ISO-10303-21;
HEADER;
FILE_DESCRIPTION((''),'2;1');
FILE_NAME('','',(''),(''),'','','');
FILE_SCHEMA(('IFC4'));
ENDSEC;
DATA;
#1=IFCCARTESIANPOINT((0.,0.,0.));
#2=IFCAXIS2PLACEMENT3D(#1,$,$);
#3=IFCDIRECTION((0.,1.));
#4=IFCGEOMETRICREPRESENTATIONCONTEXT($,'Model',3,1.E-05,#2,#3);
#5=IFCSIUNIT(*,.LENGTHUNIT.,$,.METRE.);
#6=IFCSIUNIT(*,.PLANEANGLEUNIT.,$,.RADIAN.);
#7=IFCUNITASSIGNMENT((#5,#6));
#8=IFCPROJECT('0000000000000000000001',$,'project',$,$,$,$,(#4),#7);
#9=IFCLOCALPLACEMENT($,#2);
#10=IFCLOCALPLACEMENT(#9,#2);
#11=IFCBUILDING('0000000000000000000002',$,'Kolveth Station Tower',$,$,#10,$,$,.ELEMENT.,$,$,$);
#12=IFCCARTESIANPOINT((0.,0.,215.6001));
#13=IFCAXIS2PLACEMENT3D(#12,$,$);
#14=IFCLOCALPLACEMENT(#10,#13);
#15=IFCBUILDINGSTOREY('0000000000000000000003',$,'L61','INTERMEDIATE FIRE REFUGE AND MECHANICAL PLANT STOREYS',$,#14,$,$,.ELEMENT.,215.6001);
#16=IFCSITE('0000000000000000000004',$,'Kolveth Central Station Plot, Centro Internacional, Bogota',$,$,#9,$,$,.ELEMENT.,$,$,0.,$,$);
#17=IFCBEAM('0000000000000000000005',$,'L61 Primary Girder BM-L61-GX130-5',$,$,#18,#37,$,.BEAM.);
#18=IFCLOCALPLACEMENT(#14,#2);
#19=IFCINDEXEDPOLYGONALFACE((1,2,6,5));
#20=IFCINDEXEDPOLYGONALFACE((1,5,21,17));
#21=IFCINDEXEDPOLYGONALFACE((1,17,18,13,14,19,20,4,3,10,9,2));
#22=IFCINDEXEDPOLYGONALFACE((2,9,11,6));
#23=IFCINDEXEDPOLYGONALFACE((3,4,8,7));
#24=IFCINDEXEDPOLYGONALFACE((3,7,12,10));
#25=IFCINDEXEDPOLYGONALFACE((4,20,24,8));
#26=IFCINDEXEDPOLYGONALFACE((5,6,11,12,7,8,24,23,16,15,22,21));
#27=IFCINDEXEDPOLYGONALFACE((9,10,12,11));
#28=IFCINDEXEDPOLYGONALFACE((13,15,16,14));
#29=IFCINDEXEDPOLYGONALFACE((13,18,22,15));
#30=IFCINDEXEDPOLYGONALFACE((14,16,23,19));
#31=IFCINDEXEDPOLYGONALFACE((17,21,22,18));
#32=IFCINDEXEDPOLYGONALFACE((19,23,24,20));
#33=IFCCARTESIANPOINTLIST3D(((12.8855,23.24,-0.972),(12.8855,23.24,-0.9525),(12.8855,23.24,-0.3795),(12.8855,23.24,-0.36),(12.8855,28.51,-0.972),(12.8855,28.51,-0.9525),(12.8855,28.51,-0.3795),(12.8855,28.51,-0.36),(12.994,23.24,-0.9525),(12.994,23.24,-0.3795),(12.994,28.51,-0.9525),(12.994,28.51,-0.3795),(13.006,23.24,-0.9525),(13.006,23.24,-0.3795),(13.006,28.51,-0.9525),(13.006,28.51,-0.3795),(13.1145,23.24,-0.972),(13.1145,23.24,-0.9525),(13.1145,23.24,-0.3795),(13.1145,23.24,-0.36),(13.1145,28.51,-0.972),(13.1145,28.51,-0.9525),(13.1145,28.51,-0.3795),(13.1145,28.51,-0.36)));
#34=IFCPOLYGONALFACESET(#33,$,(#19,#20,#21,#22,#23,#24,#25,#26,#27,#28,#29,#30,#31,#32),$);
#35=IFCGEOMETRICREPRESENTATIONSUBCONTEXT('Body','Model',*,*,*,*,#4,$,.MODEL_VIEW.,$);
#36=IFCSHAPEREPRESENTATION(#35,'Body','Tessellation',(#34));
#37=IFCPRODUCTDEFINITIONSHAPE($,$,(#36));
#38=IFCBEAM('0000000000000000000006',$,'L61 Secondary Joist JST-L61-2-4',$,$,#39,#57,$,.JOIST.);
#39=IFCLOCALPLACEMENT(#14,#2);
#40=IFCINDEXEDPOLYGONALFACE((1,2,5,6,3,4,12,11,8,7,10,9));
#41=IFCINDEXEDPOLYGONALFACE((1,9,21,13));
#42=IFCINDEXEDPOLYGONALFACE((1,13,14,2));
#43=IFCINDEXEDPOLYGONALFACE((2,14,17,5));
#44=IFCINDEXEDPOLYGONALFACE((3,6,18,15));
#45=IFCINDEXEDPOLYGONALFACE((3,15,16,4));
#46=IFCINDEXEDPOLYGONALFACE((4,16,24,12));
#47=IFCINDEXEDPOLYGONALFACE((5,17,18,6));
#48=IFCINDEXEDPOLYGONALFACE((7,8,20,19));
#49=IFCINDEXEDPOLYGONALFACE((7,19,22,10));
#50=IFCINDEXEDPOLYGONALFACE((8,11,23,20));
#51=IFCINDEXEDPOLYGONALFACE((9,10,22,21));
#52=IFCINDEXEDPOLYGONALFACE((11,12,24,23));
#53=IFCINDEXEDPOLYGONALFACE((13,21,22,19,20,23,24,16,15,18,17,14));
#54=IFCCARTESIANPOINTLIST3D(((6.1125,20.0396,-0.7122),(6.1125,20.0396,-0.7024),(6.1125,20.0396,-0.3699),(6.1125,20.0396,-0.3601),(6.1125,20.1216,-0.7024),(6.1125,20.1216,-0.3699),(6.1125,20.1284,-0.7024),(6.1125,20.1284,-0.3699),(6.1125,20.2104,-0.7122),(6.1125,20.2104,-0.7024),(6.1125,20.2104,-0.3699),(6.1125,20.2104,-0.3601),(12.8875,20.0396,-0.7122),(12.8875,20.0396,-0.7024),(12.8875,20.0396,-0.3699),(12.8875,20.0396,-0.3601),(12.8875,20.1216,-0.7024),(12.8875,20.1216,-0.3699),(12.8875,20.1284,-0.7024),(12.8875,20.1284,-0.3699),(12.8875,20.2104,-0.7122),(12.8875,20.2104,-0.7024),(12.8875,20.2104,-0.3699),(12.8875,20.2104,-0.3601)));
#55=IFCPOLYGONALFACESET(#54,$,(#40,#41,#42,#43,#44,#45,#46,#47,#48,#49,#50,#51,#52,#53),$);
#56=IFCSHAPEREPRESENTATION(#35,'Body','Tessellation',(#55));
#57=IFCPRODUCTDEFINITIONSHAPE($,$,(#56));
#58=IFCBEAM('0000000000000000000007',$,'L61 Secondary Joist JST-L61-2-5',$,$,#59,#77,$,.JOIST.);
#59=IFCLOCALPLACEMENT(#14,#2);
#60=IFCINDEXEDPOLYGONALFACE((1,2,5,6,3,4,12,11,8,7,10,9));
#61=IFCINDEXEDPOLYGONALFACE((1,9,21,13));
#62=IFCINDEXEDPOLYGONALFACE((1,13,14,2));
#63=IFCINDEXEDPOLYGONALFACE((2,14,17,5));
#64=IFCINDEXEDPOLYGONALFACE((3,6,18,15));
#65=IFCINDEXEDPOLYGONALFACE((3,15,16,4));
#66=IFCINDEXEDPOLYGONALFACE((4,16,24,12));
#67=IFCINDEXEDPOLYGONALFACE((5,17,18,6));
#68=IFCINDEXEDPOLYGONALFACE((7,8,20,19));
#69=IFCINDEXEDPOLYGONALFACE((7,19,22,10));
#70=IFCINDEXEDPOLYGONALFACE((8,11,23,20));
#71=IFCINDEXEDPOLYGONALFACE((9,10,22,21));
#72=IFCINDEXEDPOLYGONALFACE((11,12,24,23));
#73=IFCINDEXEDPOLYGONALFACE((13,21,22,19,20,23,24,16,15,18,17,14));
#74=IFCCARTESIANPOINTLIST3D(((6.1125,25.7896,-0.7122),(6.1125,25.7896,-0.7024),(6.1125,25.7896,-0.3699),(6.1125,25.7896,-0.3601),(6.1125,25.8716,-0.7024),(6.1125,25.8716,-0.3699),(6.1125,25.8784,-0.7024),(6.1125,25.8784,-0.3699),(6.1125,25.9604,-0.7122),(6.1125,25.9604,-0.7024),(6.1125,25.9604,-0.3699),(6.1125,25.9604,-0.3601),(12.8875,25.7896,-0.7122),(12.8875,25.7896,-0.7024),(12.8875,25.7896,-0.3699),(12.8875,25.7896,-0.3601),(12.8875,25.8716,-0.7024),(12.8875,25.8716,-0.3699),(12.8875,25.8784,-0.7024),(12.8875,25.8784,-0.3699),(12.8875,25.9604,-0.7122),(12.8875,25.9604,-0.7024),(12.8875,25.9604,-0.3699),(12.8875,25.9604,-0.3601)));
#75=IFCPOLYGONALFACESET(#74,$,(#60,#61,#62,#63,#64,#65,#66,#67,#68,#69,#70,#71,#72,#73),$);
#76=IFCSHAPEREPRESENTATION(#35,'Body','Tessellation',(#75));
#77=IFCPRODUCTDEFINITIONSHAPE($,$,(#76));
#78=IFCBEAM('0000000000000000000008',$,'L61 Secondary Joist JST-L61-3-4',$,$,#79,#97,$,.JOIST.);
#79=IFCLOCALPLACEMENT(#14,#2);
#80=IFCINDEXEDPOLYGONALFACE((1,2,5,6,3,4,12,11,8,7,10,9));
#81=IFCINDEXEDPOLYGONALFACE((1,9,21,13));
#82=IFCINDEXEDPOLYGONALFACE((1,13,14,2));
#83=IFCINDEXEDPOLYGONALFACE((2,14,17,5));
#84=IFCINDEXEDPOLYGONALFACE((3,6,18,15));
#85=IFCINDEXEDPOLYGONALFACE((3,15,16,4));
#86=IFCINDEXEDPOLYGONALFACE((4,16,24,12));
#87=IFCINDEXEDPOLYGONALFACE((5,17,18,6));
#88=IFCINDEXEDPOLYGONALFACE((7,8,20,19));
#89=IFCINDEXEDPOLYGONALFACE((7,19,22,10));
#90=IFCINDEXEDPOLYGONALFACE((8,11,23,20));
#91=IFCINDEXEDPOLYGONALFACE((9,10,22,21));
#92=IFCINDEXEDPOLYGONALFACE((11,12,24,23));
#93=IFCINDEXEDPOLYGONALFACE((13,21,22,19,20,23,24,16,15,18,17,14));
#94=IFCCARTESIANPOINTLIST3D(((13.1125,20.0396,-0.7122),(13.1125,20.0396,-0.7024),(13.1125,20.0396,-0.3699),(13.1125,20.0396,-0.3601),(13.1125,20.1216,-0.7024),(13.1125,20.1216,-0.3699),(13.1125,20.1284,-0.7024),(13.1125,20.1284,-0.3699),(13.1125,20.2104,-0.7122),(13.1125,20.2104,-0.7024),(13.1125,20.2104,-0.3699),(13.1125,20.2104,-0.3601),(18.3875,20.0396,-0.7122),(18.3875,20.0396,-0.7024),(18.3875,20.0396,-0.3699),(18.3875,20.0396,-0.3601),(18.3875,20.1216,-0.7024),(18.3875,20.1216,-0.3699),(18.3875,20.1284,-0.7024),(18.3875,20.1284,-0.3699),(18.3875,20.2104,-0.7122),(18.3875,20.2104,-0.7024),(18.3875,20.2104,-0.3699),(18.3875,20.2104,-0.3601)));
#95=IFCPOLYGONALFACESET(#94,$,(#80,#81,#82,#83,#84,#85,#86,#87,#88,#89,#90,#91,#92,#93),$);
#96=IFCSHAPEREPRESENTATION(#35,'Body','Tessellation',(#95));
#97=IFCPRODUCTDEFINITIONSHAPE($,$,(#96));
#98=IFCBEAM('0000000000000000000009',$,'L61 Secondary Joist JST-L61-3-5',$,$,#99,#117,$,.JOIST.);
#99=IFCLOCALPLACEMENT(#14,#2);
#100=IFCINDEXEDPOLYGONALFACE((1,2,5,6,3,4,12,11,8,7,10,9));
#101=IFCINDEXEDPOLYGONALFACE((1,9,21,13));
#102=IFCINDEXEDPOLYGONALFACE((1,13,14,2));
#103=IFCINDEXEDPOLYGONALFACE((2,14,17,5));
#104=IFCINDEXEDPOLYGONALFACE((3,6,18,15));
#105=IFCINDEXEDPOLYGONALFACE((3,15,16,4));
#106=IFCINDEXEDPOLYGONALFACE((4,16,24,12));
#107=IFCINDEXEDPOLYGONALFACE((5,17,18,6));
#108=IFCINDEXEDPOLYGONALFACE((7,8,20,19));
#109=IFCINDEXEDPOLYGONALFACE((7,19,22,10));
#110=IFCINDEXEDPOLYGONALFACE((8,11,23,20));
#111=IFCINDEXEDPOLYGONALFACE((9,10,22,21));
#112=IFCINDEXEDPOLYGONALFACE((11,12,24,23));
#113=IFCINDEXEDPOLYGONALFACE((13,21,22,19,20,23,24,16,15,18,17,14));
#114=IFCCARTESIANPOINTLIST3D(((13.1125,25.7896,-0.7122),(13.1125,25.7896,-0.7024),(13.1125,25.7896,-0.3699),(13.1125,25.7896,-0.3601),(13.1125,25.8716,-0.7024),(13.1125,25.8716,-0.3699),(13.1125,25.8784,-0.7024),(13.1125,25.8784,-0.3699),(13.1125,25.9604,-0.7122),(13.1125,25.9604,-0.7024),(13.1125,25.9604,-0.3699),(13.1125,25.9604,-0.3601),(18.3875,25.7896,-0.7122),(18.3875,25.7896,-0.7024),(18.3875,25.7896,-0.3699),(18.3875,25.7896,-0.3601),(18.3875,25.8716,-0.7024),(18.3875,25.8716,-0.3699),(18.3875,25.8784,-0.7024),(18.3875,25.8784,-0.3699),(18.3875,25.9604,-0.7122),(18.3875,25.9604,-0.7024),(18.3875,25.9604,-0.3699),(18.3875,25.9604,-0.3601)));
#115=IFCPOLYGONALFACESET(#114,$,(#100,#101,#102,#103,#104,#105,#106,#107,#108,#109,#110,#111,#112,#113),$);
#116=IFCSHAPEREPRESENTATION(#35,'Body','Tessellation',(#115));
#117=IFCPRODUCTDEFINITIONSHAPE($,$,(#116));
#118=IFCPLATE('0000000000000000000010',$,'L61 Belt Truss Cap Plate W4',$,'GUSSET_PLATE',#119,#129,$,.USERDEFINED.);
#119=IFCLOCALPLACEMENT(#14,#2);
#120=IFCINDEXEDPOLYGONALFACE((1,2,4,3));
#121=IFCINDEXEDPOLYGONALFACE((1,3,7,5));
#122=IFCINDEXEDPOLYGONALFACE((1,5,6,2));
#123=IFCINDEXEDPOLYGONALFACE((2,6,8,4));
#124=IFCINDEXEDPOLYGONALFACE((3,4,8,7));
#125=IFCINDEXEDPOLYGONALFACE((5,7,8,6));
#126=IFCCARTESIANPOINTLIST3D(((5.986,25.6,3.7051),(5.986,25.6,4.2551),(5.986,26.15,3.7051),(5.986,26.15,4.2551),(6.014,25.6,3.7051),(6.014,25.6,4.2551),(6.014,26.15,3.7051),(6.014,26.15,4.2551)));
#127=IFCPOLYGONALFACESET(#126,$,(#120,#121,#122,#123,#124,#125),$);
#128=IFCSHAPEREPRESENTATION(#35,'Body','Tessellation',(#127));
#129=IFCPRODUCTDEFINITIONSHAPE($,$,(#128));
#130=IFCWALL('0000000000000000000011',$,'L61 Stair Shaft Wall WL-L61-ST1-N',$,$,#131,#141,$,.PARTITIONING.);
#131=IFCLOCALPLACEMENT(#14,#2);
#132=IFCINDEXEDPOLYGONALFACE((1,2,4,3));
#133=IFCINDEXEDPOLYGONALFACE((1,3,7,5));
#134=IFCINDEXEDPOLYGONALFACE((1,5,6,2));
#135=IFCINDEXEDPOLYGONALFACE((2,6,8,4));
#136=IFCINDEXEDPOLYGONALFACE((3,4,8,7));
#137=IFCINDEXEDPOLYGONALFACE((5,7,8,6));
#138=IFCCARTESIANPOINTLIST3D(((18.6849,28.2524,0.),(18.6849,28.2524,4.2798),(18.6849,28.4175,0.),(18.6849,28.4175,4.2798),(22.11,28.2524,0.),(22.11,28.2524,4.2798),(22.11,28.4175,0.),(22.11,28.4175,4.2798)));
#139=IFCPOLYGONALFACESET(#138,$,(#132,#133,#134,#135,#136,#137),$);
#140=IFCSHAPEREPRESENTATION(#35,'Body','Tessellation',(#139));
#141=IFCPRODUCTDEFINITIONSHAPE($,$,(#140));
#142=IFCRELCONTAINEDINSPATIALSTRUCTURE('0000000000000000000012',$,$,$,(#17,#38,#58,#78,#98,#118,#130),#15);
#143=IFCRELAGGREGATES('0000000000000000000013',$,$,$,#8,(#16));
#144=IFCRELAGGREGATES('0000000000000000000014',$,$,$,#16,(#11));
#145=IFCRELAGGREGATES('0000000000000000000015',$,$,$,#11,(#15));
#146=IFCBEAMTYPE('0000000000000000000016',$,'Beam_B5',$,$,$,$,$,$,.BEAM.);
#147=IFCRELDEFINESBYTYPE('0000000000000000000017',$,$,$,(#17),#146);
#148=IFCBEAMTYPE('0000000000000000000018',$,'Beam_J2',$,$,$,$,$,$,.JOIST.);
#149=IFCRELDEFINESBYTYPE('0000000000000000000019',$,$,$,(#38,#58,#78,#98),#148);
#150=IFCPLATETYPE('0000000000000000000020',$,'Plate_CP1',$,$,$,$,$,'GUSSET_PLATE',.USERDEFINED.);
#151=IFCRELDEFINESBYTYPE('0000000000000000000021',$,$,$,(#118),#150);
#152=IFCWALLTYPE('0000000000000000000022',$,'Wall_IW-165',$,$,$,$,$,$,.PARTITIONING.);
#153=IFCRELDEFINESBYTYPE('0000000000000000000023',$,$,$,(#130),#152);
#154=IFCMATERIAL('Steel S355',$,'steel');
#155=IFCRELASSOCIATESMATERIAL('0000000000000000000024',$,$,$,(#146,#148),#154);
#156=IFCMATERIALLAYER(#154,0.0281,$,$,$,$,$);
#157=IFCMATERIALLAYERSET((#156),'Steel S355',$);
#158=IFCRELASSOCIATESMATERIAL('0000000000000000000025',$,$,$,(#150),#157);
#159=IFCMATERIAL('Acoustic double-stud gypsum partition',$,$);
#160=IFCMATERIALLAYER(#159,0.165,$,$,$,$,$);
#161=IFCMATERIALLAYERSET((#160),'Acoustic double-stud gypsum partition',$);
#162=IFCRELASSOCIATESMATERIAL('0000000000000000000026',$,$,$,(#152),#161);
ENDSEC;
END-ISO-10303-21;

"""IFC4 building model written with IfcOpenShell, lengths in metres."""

from ifc_helpers import new_model, si_unit, direction, frame, frame_2d, origin, origin_2d, place, context, subcontext, project, spatial, rectangle, i_section, extrude, source, transform, mapped, material, layer, layer_set, material_profile, profile_set, type_object, element, save


model = new_model("IFC4")

# Units and contexts
model_context = context("Model", 3, precision=1e-05, world=origin(), true_north=direction((0.0, 1.0)))
body_context = subcontext(model_context, "Body", "Model", "MODEL_VIEW")
ifc_project = project(units=[si_unit("LENGTHUNIT", "METRE"), si_unit("PLANEANGLEUNIT", "RADIAN")], contexts=[model_context])

# Site, building, storey
site_placement = place(None, origin())
site = spatial("IfcSite", under=ifc_project, at=site_placement, Name="Kolveth Central Station Plot, Centro Internacional, Bogota", CompositionType="ELEMENT", RefElevation=0.0)
building_placement = place(site_placement, origin())
building = spatial("IfcBuilding", under=site, at=building_placement, Name="Kolveth Station Tower", CompositionType="ELEMENT")
storey_placement = place(building_placement, frame((0.0, 0.0, 215.6001)))
storey = spatial("IfcBuildingStorey", under=building, at=storey_placement, Name="L61", Description="INTERMEDIATE FIRE REFUGE AND MECHANICAL PLANT STOREYS", CompositionType="ELEMENT", Elevation=215.6001)

# Shared definitions
ifc_material_1 = material(Name="Steel S355", Category="steel")

# Beams
ifc_material_profile_1 = material_profile(ifc_material_1, i_section(OverallWidth=0.229, OverallDepth=0.6121, WebThickness=0.012, FlangeThickness=0.0195, at=origin_2d()), Name="W610x125")
ifc_profile_set_1 = profile_set([ifc_material_profile_1], Name="Steel S355")
beam_type_1 = type_object("IfcBeamType", Name="Beam_B5", PredefinedType="BEAM", material=ifc_profile_set_1)
shared_shape_1 = source(origin(), body_context, "Body", "SweptSolid", [
    extrude(i_section(OverallWidth=0.229, OverallDepth=0.6121, WebThickness=0.012, FlangeThickness=0.0195, at=origin_2d()), origin(), (0.0, 0.0, 1.0), 5.27),
])
for number, where, z_axis, x_axis, name in (
    (1, (13.0, 23.24, -0.666), (0.0, 1.0, 0.0), (-1.0, 0.0, 0.0), "L61 Primary Girder BM-L61-GX130-5"),
):
    element("IfcBeam", number, at=place(storey_placement, frame(where, z_axis=z_axis, x_axis=x_axis)), inside=storey, type_object=beam_type_1, Name=name, PredefinedType="BEAM", context=body_context, shape_type="MappedRepresentation", body=[
        mapped(shared_shape_1, transform((0.0, 0.0, 0.0), x_axis=(1.0, 0.0, 0.0), y_axis=(0.0, 1.0, 0.0), z_axis=(0.0, 0.0, 1.0), scale=1.0)),
    ])
ifc_material_profile_2 = material_profile(ifc_material_1, i_section(OverallWidth=0.1709, OverallDepth=0.3521, WebThickness=0.0068, FlangeThickness=0.0098, at=origin_2d()), Name="W360x44")
ifc_profile_set_2 = profile_set([ifc_material_profile_2], Name="Steel S355")
beam_type_2 = type_object("IfcBeamType", Name="Beam_J2", PredefinedType="JOIST", material=ifc_profile_set_2)
shared_shape_2 = source(origin(), body_context, "Body", "SweptSolid", [
    extrude(i_section(OverallWidth=0.1709, OverallDepth=0.3521, WebThickness=0.0068, FlangeThickness=0.0098, at=origin_2d()), origin(), (0.0, 0.0, 1.0), 6.7749),
])
for number, where, z_axis, x_axis, name in (
    (2, (6.1125, 20.125, -0.5361), (1.0, 0.0, 0.0), (0.0, 1.0, 0.0), "L61 Secondary Joist JST-L61-2-4"),
    (3, (6.1125, 25.875, -0.5361), (1.0, 0.0, 0.0), (0.0, 1.0, 0.0), "L61 Secondary Joist JST-L61-2-5"),
):
    element("IfcBeam", number, at=place(storey_placement, frame(where, z_axis=z_axis, x_axis=x_axis)), inside=storey, type_object=beam_type_2, Name=name, PredefinedType="JOIST", context=body_context, shape_type="MappedRepresentation", body=[
        mapped(shared_shape_2, transform((0.0, 0.0, 0.0), x_axis=(1.0, 0.0, 0.0), y_axis=(0.0, 1.0, 0.0), z_axis=(0.0, 0.0, 1.0), scale=1.0)),
    ])
shared_shape_3 = source(origin(), body_context, "Body", "SweptSolid", [
    extrude(i_section(OverallWidth=0.1709, OverallDepth=0.3521, WebThickness=0.0068, FlangeThickness=0.0098, at=origin_2d()), origin(), (0.0, 0.0, 1.0), 5.2749),
])
for number, where, z_axis, x_axis, name in (
    (4, (13.1125, 20.125, -0.5361), (1.0, 0.0, 0.0), (0.0, 1.0, 0.0), "L61 Secondary Joist JST-L61-3-4"),
    (5, (13.1125, 25.875, -0.5361), (1.0, 0.0, 0.0), (0.0, 1.0, 0.0), "L61 Secondary Joist JST-L61-3-5"),
):
    element("IfcBeam", number, at=place(storey_placement, frame(where, z_axis=z_axis, x_axis=x_axis)), inside=storey, type_object=beam_type_2, Name=name, PredefinedType="JOIST", context=body_context, shape_type="MappedRepresentation", body=[
        mapped(shared_shape_3, transform((0.0, 0.0, 0.0), x_axis=(1.0, 0.0, 0.0), y_axis=(0.0, 1.0, 0.0), z_axis=(0.0, 0.0, 1.0), scale=1.0)),
    ])

# Plate
ifc_layer_1 = layer(ifc_material_1, 0.0281)
ifc_layer_set_1 = layer_set([ifc_layer_1], Name="Steel S355")
plate_type = type_object("IfcPlateType", Name="Plate_CP1", ElementType="GUSSET_PLATE", PredefinedType="USERDEFINED", material=ifc_layer_set_1)
shared_shape_4 = source(origin(), body_context, "Body", "SweptSolid", [
    extrude(rectangle(XDim=0.0281, YDim=0.55, at=origin_2d()), origin(), (0.0, 0.0, 1.0), 0.55),
])
plate_placement = place(storey_placement, frame((6.0, 25.875, 3.7051), z_axis=(0.0, 0.0, 1.0), x_axis=(1.0, 0.0, 0.0)))
element("IfcPlate", 6, at=plate_placement, inside=storey, type_object=plate_type, Name="L61 Belt Truss Cap Plate W4", ObjectType="GUSSET_PLATE", PredefinedType="USERDEFINED", context=body_context, shape_type="MappedRepresentation", body=[
    mapped(shared_shape_4, transform((0.0, 0.0, 0.0), x_axis=(1.0, 0.0, 0.0), y_axis=(0.0, 1.0, 0.0), z_axis=(0.0, 0.0, 1.0), scale=1.0)),
])

# Wall
ifc_material_2 = material(Name="Acoustic double-stud gypsum partition")
ifc_layer_2 = layer(ifc_material_2, 0.165)
ifc_layer_set_2 = layer_set([ifc_layer_2], Name="Acoustic double-stud gypsum partition")
wall_type_1 = type_object("IfcWallType", Name="Wall_IW-165", PredefinedType="PARTITIONING", material=ifc_layer_set_2)
wall_1_placement = place(storey_placement, frame((18.6851, 28.335, 0.0), z_axis=(0.0, 0.0, 1.0), x_axis=(1.0, 0.0, 0.0)))
element("IfcWall", 7, at=wall_1_placement, inside=storey, type_object=wall_type_1, Name="L61 Stair Shaft Wall WL-L61-ST1-N", PredefinedType="PARTITIONING", context=body_context, shape_type="SweptSolid", body=[
    extrude(rectangle(XDim=3.425, YDim=0.165, at=frame_2d((1.7124, 0.0))), origin(), (0.0, 0.0, 1.0), 4.2798),
])

save(model, "model.ifc")
